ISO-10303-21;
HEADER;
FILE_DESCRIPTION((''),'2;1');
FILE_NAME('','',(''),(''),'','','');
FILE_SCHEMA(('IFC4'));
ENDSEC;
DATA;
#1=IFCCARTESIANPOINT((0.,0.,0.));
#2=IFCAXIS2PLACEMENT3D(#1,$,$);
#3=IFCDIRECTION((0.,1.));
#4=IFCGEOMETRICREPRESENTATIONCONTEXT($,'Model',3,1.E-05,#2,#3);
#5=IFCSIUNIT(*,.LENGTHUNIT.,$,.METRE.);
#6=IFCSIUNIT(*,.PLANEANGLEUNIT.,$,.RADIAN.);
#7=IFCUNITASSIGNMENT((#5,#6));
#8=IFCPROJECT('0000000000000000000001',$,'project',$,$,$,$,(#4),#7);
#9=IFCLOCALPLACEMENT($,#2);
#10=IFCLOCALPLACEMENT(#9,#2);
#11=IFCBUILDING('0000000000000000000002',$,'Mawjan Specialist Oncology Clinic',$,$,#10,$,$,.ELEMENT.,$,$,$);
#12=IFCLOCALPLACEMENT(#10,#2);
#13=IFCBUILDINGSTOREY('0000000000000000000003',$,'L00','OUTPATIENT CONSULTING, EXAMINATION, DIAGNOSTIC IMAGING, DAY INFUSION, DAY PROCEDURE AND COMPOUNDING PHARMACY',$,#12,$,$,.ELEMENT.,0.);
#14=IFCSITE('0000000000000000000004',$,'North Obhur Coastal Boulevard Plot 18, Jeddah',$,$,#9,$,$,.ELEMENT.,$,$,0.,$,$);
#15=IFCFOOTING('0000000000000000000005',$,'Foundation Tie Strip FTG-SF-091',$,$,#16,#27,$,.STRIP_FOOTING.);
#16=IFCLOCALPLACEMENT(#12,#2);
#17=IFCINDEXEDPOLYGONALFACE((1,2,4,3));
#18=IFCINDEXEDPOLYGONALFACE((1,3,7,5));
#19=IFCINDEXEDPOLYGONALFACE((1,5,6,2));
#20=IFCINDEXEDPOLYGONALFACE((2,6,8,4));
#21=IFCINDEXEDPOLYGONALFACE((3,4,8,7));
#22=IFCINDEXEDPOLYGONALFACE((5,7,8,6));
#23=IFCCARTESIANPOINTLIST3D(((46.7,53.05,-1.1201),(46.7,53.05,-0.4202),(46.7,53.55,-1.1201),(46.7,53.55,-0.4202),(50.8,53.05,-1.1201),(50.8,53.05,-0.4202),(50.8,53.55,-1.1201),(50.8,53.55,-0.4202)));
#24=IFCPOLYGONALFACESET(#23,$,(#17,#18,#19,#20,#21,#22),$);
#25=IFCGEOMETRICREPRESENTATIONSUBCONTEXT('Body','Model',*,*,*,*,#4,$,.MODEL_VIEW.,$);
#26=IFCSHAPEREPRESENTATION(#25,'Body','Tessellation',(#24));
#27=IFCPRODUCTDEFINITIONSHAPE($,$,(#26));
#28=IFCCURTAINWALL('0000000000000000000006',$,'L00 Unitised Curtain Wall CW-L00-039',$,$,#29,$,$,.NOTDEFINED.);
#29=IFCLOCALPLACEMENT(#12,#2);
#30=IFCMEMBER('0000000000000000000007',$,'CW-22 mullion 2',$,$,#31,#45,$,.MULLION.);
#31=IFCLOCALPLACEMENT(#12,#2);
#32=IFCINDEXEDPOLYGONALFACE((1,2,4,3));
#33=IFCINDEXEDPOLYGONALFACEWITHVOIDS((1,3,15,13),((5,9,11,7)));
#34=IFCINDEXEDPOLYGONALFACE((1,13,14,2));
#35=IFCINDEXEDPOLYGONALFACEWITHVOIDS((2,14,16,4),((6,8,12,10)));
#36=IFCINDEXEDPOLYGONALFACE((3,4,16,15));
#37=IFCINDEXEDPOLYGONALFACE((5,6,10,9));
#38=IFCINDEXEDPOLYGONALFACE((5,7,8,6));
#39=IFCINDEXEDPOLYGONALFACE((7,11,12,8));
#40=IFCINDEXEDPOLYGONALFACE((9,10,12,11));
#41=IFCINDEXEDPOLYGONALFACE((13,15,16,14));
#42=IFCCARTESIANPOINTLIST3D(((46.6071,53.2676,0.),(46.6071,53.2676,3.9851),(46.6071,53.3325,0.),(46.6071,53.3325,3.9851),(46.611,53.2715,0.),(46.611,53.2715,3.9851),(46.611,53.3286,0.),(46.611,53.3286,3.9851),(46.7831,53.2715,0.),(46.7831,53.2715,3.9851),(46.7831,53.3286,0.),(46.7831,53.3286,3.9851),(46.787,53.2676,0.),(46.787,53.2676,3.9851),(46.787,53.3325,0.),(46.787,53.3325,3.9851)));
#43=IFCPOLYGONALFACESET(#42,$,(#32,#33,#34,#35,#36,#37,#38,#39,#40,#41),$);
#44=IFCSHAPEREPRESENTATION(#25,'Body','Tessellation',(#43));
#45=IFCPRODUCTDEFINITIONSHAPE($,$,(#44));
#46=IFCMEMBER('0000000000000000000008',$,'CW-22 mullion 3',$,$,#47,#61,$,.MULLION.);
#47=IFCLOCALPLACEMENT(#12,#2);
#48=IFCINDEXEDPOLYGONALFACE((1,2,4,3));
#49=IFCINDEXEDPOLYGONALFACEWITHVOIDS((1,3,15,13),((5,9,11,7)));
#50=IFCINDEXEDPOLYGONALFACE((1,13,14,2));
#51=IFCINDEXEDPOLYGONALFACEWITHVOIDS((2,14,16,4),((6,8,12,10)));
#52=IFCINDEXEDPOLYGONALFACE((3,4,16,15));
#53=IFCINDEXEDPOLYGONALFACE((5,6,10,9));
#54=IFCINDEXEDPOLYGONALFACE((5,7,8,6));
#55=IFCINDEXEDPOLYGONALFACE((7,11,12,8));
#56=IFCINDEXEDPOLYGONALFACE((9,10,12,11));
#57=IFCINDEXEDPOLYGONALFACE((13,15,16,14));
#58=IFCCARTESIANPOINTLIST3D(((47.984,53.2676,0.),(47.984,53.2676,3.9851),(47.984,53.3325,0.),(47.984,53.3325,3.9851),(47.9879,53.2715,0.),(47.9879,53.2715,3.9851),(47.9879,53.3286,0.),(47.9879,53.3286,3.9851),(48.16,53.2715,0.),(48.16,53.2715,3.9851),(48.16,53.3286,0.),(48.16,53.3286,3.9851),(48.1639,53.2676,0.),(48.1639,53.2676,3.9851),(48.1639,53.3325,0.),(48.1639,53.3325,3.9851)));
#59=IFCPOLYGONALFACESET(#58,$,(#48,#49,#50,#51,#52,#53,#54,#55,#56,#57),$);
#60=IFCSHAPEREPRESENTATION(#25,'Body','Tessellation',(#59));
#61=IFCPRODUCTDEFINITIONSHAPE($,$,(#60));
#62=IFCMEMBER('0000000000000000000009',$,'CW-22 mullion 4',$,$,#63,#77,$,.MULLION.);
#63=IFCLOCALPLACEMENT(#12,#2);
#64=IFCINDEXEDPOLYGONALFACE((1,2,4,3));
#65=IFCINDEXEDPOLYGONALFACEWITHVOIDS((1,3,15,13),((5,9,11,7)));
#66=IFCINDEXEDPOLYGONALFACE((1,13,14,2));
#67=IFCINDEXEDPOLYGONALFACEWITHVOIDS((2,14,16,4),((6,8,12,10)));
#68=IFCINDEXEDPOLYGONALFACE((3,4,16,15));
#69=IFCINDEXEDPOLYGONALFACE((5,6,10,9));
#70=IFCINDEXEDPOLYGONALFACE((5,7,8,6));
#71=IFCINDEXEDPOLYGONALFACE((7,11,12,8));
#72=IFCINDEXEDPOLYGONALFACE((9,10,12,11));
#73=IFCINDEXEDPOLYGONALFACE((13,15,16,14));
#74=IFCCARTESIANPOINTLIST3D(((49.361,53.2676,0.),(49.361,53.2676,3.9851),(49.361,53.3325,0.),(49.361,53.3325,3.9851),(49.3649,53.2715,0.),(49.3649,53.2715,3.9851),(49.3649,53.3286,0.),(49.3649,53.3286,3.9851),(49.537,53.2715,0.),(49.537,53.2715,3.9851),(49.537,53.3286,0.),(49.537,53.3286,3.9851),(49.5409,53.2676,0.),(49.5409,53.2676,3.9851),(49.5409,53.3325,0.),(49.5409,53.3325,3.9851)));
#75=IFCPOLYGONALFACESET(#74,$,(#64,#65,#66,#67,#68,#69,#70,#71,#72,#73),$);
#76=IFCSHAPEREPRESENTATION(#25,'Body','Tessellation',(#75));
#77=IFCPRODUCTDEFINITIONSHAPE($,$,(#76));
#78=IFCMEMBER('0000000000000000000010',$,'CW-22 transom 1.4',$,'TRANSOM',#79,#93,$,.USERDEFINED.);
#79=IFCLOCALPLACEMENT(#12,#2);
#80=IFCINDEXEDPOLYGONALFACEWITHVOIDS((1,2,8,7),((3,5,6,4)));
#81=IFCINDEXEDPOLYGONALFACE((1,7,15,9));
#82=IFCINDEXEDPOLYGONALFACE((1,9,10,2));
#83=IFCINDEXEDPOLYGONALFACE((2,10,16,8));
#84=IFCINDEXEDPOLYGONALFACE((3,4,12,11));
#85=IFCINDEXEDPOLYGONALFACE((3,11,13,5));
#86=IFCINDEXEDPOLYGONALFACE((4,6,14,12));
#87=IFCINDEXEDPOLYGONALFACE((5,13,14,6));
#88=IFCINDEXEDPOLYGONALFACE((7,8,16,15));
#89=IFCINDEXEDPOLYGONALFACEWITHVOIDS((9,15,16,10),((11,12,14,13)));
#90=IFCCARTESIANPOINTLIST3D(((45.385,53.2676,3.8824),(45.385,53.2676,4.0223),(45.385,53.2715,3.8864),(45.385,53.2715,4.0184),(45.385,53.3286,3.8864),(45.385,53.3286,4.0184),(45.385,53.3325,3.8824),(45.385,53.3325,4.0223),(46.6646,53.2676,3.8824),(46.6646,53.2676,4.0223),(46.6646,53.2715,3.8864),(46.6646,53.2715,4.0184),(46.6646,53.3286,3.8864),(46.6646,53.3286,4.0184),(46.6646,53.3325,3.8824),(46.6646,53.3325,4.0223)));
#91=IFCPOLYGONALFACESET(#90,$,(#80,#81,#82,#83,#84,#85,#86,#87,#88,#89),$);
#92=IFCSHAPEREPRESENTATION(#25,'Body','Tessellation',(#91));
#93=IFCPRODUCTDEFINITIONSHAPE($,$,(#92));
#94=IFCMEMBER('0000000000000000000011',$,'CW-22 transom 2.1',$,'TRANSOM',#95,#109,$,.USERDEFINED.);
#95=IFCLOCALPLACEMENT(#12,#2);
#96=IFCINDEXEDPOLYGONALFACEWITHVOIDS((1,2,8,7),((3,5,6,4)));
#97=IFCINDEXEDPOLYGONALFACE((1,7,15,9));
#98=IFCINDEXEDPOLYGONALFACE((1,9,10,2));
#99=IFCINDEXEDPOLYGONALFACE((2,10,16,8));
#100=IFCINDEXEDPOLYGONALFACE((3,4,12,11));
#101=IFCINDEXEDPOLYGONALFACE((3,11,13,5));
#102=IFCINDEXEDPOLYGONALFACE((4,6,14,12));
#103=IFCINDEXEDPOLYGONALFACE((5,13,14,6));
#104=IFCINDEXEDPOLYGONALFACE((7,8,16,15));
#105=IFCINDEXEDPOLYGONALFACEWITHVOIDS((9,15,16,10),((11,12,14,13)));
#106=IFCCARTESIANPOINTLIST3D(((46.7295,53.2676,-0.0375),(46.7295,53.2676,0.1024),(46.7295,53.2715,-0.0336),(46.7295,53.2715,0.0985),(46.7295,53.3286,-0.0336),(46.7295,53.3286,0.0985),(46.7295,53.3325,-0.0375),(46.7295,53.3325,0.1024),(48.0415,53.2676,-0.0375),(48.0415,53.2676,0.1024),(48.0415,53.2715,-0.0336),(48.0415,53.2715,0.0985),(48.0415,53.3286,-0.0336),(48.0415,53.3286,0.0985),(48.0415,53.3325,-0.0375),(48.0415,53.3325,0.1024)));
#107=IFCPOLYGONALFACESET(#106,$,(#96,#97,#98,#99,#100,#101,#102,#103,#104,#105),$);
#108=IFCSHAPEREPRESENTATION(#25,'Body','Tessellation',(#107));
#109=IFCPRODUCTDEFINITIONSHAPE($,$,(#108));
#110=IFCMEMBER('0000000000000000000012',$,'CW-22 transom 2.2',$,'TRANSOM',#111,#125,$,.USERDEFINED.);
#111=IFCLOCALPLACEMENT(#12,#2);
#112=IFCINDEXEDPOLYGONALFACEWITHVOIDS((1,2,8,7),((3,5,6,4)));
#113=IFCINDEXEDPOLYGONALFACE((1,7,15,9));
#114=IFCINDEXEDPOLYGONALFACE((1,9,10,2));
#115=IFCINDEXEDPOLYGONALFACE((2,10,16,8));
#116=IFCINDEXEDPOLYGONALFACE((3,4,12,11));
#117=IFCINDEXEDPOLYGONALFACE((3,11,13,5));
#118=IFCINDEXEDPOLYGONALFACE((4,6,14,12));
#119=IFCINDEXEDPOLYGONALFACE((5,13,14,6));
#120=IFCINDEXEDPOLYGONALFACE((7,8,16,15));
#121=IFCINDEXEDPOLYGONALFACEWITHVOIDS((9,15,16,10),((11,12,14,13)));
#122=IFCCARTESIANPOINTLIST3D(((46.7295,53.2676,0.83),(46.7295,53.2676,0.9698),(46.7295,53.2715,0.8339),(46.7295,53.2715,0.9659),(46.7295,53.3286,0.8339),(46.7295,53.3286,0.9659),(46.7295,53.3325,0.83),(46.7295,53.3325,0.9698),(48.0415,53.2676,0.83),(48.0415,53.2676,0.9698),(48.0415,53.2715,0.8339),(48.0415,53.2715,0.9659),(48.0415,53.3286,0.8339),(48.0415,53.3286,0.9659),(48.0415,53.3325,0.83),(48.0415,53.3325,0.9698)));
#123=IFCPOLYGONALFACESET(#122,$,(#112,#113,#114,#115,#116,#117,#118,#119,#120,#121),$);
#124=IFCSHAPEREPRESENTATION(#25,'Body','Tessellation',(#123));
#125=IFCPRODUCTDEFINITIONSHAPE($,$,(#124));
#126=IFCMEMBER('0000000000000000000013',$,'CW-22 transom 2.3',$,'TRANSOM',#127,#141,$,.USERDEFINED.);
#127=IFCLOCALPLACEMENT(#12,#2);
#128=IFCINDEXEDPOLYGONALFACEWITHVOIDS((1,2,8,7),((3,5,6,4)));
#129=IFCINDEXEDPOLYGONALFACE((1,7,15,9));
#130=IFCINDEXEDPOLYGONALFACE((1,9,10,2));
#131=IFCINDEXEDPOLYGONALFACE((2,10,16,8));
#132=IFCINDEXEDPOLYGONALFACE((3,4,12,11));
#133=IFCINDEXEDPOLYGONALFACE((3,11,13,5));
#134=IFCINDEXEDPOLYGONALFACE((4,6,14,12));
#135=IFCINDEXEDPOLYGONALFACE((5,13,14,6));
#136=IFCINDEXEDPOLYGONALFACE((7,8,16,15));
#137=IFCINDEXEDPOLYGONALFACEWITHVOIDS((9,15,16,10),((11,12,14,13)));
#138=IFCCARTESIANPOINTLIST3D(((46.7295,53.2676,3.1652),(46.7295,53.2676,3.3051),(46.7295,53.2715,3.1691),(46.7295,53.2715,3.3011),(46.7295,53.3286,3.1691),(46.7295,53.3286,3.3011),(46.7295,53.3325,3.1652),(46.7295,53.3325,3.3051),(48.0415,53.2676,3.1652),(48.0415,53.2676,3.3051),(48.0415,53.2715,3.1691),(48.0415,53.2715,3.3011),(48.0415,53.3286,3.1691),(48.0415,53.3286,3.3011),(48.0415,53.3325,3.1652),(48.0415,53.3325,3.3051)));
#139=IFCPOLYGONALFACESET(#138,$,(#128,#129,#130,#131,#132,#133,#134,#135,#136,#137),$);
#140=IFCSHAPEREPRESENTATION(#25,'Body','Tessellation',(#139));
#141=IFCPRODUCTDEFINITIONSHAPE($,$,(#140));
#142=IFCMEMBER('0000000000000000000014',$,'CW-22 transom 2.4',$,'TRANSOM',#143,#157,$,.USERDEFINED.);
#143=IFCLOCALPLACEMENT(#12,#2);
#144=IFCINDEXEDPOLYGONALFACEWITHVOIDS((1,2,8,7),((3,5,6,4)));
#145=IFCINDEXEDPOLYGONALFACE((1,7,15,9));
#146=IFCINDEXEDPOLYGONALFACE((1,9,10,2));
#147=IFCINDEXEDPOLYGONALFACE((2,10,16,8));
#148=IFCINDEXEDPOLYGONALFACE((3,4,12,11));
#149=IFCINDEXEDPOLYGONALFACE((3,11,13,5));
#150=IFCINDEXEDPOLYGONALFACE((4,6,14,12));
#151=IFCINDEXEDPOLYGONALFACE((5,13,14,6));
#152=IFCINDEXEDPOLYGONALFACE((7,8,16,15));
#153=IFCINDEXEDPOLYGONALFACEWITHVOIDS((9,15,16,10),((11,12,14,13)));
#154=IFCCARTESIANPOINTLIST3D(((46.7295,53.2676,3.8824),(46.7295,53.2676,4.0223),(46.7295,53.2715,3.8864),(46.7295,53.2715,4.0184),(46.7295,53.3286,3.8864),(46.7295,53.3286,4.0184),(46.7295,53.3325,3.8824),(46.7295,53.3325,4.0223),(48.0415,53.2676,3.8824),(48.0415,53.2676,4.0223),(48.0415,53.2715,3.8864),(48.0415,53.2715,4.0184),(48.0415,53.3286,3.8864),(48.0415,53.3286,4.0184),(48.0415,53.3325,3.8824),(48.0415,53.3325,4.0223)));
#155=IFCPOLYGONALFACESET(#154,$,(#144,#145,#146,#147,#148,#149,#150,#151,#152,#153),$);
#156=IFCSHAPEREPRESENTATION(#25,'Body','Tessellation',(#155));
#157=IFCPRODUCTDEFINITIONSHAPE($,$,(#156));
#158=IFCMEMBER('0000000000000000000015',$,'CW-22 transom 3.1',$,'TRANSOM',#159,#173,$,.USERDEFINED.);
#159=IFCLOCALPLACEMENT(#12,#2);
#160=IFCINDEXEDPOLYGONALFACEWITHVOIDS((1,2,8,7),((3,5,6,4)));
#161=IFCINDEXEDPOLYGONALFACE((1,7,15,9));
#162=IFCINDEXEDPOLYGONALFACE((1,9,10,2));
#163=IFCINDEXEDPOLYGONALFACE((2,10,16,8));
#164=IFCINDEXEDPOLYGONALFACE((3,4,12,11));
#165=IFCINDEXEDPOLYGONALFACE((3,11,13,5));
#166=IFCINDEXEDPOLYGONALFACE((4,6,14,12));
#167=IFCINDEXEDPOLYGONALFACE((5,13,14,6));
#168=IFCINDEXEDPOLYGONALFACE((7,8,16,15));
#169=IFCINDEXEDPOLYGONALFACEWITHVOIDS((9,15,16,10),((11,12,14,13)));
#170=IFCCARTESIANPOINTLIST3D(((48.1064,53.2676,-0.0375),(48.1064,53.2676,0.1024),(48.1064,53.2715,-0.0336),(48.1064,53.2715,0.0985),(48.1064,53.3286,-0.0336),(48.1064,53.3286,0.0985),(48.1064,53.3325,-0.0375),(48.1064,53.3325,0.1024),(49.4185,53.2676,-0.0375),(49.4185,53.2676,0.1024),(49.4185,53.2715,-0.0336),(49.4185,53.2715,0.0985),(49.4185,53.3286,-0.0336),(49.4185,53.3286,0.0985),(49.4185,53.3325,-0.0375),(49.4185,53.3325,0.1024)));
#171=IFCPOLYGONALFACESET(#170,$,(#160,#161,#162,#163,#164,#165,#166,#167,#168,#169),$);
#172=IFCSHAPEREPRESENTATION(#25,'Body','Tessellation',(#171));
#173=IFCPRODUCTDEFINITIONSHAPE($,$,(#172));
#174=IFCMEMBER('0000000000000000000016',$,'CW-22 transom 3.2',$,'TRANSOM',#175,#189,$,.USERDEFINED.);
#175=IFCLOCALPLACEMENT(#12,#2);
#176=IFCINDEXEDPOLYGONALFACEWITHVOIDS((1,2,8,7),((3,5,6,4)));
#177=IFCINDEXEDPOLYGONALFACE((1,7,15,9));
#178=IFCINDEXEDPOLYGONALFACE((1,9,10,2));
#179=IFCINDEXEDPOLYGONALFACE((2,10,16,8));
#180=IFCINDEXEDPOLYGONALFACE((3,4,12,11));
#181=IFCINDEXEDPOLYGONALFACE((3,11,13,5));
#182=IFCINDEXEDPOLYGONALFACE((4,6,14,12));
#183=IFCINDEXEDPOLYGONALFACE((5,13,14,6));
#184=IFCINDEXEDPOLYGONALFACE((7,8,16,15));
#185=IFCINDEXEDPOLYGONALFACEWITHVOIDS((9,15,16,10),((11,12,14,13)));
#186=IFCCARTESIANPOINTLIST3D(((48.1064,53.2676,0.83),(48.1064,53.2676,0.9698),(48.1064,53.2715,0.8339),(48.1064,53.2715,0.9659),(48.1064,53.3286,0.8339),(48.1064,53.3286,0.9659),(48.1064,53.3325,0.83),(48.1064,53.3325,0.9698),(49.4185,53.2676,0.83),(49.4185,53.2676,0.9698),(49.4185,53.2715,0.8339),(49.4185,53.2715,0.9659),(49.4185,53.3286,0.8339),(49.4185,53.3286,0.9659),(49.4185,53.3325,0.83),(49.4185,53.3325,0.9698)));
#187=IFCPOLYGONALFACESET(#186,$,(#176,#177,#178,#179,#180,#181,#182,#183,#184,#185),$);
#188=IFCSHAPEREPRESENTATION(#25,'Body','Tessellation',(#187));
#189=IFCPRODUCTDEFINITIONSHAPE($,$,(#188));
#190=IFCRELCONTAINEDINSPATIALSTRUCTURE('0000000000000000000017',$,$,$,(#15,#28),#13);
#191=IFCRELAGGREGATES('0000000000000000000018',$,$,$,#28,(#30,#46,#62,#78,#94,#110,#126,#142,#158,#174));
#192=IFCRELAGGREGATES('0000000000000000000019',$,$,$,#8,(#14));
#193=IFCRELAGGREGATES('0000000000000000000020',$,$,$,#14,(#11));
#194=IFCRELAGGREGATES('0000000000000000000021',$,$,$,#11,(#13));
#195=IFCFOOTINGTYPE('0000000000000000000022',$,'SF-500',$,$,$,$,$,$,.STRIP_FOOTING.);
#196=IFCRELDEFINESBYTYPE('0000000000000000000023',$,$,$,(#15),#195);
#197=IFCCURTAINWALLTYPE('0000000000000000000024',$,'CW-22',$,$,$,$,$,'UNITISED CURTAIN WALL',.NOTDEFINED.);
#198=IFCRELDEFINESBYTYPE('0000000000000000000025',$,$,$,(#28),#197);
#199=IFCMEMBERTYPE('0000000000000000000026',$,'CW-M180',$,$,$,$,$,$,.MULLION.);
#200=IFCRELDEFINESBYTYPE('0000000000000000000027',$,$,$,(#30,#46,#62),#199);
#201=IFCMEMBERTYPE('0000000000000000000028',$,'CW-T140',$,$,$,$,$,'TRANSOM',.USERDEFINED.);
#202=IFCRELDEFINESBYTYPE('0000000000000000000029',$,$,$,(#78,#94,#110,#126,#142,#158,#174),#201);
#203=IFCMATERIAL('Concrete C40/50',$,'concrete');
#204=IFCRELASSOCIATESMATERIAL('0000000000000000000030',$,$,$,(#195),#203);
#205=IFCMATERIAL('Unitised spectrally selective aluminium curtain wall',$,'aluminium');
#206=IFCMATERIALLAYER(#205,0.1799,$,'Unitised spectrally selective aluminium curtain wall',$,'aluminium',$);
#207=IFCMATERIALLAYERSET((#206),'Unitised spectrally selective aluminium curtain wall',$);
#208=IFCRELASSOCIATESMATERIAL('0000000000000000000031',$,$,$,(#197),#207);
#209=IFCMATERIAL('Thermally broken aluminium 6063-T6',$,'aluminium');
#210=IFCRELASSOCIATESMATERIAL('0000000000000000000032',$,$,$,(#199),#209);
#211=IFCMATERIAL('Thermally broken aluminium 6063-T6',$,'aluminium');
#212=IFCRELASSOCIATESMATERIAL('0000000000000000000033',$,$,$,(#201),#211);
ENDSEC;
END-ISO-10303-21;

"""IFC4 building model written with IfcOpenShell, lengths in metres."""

from ifc_helpers import new_model, si_unit, direction, frame, origin, origin_2d, place, context, subcontext, project, spatial, rectangle, hollow_rectangle, extrude, material, layer, layer_set, material_profile, profile_set, type_object, element, aggregate, save


model = new_model("IFC4")

# Units and contexts
model_context = context("Model", 3, precision=1e-05, world=origin(), true_north=direction((0.0, 1.0)))
body_context = subcontext(model_context, "Body", "Model", "MODEL_VIEW")
ifc_project = project(units=[si_unit("LENGTHUNIT", "METRE"), si_unit("PLANEANGLEUNIT", "RADIAN")], contexts=[model_context])

# Site, building, storey
site_placement = place(None, origin())
site = spatial("IfcSite", under=ifc_project, at=site_placement, Name="North Obhur Coastal Boulevard Plot 18, Jeddah", CompositionType="ELEMENT", RefElevation=0.0)
building_placement = place(site_placement, origin())
building = spatial("IfcBuilding", under=site, at=building_placement, Name="Mawjan Specialist Oncology Clinic", CompositionType="ELEMENT")
storey_placement = place(building_placement, origin())
storey = spatial("IfcBuildingStorey", under=building, at=storey_placement, Name="L00", Description="OUTPATIENT CONSULTING, EXAMINATION, DIAGNOSTIC IMAGING, DAY INFUSION, DAY PROCEDURE AND COMPOUNDING PHARMACY", CompositionType="ELEMENT", Elevation=0.0)

# Footing
ifc_material_1 = material(Name="Concrete C40/50", Category="concrete")
footing_type = type_object("IfcFootingType", Name="SF-500", PredefinedType="STRIP_FOOTING", material=ifc_material_1)
footing_placement = place(storey_placement, frame((48.75, 53.3, -1.1201), z_axis=(0.0, 0.0, 1.0), x_axis=(1.0, 0.0, 0.0)))
element("IfcFooting", 1, at=footing_placement, inside=storey, type_object=footing_type, Name="Foundation Tie Strip FTG-SF-091", PredefinedType="STRIP_FOOTING", context=body_context, shape_type="SweptSolid", body=[
    extrude(rectangle(XDim=4.1001, YDim=0.5, at=origin_2d()), origin(), (0.0, 0.0, 1.0), 0.7),
])

# Curtain wall, members
ifc_material_2 = material(Name="Unitised spectrally selective aluminium curtain wall", Category="aluminium")
ifc_layer_1 = layer(ifc_material_2, 0.1799, Name="Unitised spectrally selective aluminium curtain wall", Category="aluminium")
ifc_layer_set_1 = layer_set([ifc_layer_1], Name="Unitised spectrally selective aluminium curtain wall")
curtain_wall_type = type_object("IfcCurtainWallType", Name="CW-22", ElementType="UNITISED CURTAIN WALL", PredefinedType="NOTDEFINED", material=ifc_layer_set_1)
curtain_wall_placement = place(storey_placement, origin())
curtain_wall = element("IfcCurtainWall", 2, at=curtain_wall_placement, inside=storey, type_object=curtain_wall_type, Name="L00 Unitised Curtain Wall CW-L00-039", PredefinedType="NOTDEFINED")
ifc_material_3 = material(Name="Thermally broken aluminium 6063-T6", Category="aluminium")
ifc_material_profile_1 = material_profile(ifc_material_3, hollow_rectangle(XDim=0.0649, YDim=0.1799, WallThickness=0.0039, at=origin_2d()), Name="ALU MULLION 180x65x4", Category="aluminium")
ifc_profile_set_1 = profile_set([ifc_material_profile_1], Name="Thermally broken aluminium 6063-T6")
member_type_1 = type_object("IfcMemberType", Name="CW-M180", PredefinedType="MULLION", material=ifc_profile_set_1)
member_1_placement = place(storey_placement, frame((46.697, 53.3, 0.0), z_axis=(0.0, 0.0, 1.0), x_axis=(0.0, 1.0, 0.0)))
member_1 = element("IfcMember", 3, at=member_1_placement, type_object=member_type_1, Name="CW-22 mullion 2", PredefinedType="MULLION", context=body_context, shape_type="SweptSolid", body=[
    extrude(hollow_rectangle(XDim=0.0649, YDim=0.1799, WallThickness=0.0039, at=origin_2d()), origin(), (0.0, 0.0, 1.0), 3.9851),
])
member_2_placement = place(storey_placement, frame((48.074, 53.3, 0.0), z_axis=(0.0, 0.0, 1.0), x_axis=(0.0, 1.0, 0.0)))
member_2 = element("IfcMember", 4, at=member_2_placement, type_object=member_type_1, Name="CW-22 mullion 3", PredefinedType="MULLION", context=body_context, shape_type="SweptSolid", body=[
    extrude(hollow_rectangle(XDim=0.0649, YDim=0.1799, WallThickness=0.0039, at=origin_2d()), origin(), (0.0, 0.0, 1.0), 3.9851),
])
member_3_placement = place(storey_placement, frame((49.4509, 53.3, 0.0), z_axis=(0.0, 0.0, 1.0), x_axis=(0.0, 1.0, 0.0)))
member_3 = element("IfcMember", 5, at=member_3_placement, type_object=member_type_1, Name="CW-22 mullion 4", PredefinedType="MULLION", context=body_context, shape_type="SweptSolid", body=[
    extrude(hollow_rectangle(XDim=0.0649, YDim=0.1799, WallThickness=0.0039, at=origin_2d()), origin(), (0.0, 0.0, 1.0), 3.9851),
])
ifc_material_4 = material(Name="Thermally broken aluminium 6063-T6", Category="aluminium")
ifc_material_profile_2 = material_profile(ifc_material_4, hollow_rectangle(XDim=0.0649, YDim=0.1399, WallThickness=0.0039, at=origin_2d()), Name="ALU TRANSOM 140x65x4", Category="aluminium")
ifc_profile_set_2 = profile_set([ifc_material_profile_2], Name="Thermally broken aluminium 6063-T6")
member_type_2 = type_object("IfcMemberType", Name="CW-T140", ElementType="TRANSOM", PredefinedType="USERDEFINED", material=ifc_profile_set_2)
member_4_placement = place(storey_placement, frame((45.385, 53.3, 3.9524), z_axis=(1.0, 0.0, 0.0), x_axis=(0.0, 1.0, 0.0)))
member_4 = element("IfcMember", 6, at=member_4_placement, type_object=member_type_2, Name="CW-22 transom 1.4", ObjectType="TRANSOM", PredefinedType="USERDEFINED", context=body_context, shape_type="SweptSolid", body=[
    extrude(hollow_rectangle(XDim=0.0649, YDim=0.1399, WallThickness=0.0039, at=origin_2d()), origin(), (0.0, 0.0, 1.0), 1.2795),
])
member_5_placement = place(storey_placement, frame((46.7295, 53.3, 0.0325), z_axis=(1.0, 0.0, 0.0), x_axis=(0.0, 1.0, 0.0)))
member_5 = element("IfcMember", 7, at=member_5_placement, type_object=member_type_2, Name="CW-22 transom 2.1", ObjectType="TRANSOM", PredefinedType="USERDEFINED", context=body_context, shape_type="SweptSolid", body=[
    extrude(hollow_rectangle(XDim=0.0649, YDim=0.1399, WallThickness=0.0039, at=origin_2d()), origin(), (0.0, 0.0, 1.0), 1.312),
])
member_6_placement = place(storey_placement, frame((46.7295, 53.3, 0.8999), z_axis=(1.0, 0.0, 0.0), x_axis=(0.0, 1.0, 0.0)))
member_6 = element("IfcMember", 8, at=member_6_placement, type_object=member_type_2, Name="CW-22 transom 2.2", ObjectType="TRANSOM", PredefinedType="USERDEFINED", context=body_context, shape_type="SweptSolid", body=[
    extrude(hollow_rectangle(XDim=0.0649, YDim=0.1399, WallThickness=0.0039, at=origin_2d()), origin(), (0.0, 0.0, 1.0), 1.312),
])
member_7_placement = place(storey_placement, frame((46.7295, 53.3, 3.2351), z_axis=(1.0, 0.0, 0.0), x_axis=(0.0, 1.0, 0.0)))
member_7 = element("IfcMember", 9, at=member_7_placement, type_object=member_type_2, Name="CW-22 transom 2.3", ObjectType="TRANSOM", PredefinedType="USERDEFINED", context=body_context, shape_type="SweptSolid", body=[
    extrude(hollow_rectangle(XDim=0.0649, YDim=0.1399, WallThickness=0.0039, at=origin_2d()), origin(), (0.0, 0.0, 1.0), 1.312),
])
member_8_placement = place(storey_placement, frame((46.7295, 53.3, 3.9524), z_axis=(1.0, 0.0, 0.0), x_axis=(0.0, 1.0, 0.0)))
member_8 = element("IfcMember", 10, at=member_8_placement, type_object=member_type_2, Name="CW-22 transom 2.4", ObjectType="TRANSOM", PredefinedType="USERDEFINED", context=body_context, shape_type="SweptSolid", body=[
    extrude(hollow_rectangle(XDim=0.0649, YDim=0.1399, WallThickness=0.0039, at=origin_2d()), origin(), (0.0, 0.0, 1.0), 1.312),
])
member_9_placement = place(storey_placement, frame((48.1064, 53.3, 0.0325), z_axis=(1.0, 0.0, 0.0), x_axis=(0.0, 1.0, 0.0)))
member_9 = element("IfcMember", 11, at=member_9_placement, type_object=member_type_2, Name="CW-22 transom 3.1", ObjectType="TRANSOM", PredefinedType="USERDEFINED", context=body_context, shape_type="SweptSolid", body=[
    extrude(hollow_rectangle(XDim=0.0649, YDim=0.1399, WallThickness=0.0039, at=origin_2d()), origin(), (0.0, 0.0, 1.0), 1.312),
])
member_10_placement = place(storey_placement, frame((48.1064, 53.3, 0.8999), z_axis=(1.0, 0.0, 0.0), x_axis=(0.0, 1.0, 0.0)))
member_10 = element("IfcMember", 12, at=member_10_placement, type_object=member_type_2, Name="CW-22 transom 3.2", ObjectType="TRANSOM", PredefinedType="USERDEFINED", context=body_context, shape_type="SweptSolid", body=[
    extrude(hollow_rectangle(XDim=0.0649, YDim=0.1399, WallThickness=0.0039, at=origin_2d()), origin(), (0.0, 0.0, 1.0), 1.312),
])
aggregate(curtain_wall, [member_1, member_2, member_3, member_4, member_5, member_6, member_7, member_8, member_9, member_10])

save(model, "model.ifc")
